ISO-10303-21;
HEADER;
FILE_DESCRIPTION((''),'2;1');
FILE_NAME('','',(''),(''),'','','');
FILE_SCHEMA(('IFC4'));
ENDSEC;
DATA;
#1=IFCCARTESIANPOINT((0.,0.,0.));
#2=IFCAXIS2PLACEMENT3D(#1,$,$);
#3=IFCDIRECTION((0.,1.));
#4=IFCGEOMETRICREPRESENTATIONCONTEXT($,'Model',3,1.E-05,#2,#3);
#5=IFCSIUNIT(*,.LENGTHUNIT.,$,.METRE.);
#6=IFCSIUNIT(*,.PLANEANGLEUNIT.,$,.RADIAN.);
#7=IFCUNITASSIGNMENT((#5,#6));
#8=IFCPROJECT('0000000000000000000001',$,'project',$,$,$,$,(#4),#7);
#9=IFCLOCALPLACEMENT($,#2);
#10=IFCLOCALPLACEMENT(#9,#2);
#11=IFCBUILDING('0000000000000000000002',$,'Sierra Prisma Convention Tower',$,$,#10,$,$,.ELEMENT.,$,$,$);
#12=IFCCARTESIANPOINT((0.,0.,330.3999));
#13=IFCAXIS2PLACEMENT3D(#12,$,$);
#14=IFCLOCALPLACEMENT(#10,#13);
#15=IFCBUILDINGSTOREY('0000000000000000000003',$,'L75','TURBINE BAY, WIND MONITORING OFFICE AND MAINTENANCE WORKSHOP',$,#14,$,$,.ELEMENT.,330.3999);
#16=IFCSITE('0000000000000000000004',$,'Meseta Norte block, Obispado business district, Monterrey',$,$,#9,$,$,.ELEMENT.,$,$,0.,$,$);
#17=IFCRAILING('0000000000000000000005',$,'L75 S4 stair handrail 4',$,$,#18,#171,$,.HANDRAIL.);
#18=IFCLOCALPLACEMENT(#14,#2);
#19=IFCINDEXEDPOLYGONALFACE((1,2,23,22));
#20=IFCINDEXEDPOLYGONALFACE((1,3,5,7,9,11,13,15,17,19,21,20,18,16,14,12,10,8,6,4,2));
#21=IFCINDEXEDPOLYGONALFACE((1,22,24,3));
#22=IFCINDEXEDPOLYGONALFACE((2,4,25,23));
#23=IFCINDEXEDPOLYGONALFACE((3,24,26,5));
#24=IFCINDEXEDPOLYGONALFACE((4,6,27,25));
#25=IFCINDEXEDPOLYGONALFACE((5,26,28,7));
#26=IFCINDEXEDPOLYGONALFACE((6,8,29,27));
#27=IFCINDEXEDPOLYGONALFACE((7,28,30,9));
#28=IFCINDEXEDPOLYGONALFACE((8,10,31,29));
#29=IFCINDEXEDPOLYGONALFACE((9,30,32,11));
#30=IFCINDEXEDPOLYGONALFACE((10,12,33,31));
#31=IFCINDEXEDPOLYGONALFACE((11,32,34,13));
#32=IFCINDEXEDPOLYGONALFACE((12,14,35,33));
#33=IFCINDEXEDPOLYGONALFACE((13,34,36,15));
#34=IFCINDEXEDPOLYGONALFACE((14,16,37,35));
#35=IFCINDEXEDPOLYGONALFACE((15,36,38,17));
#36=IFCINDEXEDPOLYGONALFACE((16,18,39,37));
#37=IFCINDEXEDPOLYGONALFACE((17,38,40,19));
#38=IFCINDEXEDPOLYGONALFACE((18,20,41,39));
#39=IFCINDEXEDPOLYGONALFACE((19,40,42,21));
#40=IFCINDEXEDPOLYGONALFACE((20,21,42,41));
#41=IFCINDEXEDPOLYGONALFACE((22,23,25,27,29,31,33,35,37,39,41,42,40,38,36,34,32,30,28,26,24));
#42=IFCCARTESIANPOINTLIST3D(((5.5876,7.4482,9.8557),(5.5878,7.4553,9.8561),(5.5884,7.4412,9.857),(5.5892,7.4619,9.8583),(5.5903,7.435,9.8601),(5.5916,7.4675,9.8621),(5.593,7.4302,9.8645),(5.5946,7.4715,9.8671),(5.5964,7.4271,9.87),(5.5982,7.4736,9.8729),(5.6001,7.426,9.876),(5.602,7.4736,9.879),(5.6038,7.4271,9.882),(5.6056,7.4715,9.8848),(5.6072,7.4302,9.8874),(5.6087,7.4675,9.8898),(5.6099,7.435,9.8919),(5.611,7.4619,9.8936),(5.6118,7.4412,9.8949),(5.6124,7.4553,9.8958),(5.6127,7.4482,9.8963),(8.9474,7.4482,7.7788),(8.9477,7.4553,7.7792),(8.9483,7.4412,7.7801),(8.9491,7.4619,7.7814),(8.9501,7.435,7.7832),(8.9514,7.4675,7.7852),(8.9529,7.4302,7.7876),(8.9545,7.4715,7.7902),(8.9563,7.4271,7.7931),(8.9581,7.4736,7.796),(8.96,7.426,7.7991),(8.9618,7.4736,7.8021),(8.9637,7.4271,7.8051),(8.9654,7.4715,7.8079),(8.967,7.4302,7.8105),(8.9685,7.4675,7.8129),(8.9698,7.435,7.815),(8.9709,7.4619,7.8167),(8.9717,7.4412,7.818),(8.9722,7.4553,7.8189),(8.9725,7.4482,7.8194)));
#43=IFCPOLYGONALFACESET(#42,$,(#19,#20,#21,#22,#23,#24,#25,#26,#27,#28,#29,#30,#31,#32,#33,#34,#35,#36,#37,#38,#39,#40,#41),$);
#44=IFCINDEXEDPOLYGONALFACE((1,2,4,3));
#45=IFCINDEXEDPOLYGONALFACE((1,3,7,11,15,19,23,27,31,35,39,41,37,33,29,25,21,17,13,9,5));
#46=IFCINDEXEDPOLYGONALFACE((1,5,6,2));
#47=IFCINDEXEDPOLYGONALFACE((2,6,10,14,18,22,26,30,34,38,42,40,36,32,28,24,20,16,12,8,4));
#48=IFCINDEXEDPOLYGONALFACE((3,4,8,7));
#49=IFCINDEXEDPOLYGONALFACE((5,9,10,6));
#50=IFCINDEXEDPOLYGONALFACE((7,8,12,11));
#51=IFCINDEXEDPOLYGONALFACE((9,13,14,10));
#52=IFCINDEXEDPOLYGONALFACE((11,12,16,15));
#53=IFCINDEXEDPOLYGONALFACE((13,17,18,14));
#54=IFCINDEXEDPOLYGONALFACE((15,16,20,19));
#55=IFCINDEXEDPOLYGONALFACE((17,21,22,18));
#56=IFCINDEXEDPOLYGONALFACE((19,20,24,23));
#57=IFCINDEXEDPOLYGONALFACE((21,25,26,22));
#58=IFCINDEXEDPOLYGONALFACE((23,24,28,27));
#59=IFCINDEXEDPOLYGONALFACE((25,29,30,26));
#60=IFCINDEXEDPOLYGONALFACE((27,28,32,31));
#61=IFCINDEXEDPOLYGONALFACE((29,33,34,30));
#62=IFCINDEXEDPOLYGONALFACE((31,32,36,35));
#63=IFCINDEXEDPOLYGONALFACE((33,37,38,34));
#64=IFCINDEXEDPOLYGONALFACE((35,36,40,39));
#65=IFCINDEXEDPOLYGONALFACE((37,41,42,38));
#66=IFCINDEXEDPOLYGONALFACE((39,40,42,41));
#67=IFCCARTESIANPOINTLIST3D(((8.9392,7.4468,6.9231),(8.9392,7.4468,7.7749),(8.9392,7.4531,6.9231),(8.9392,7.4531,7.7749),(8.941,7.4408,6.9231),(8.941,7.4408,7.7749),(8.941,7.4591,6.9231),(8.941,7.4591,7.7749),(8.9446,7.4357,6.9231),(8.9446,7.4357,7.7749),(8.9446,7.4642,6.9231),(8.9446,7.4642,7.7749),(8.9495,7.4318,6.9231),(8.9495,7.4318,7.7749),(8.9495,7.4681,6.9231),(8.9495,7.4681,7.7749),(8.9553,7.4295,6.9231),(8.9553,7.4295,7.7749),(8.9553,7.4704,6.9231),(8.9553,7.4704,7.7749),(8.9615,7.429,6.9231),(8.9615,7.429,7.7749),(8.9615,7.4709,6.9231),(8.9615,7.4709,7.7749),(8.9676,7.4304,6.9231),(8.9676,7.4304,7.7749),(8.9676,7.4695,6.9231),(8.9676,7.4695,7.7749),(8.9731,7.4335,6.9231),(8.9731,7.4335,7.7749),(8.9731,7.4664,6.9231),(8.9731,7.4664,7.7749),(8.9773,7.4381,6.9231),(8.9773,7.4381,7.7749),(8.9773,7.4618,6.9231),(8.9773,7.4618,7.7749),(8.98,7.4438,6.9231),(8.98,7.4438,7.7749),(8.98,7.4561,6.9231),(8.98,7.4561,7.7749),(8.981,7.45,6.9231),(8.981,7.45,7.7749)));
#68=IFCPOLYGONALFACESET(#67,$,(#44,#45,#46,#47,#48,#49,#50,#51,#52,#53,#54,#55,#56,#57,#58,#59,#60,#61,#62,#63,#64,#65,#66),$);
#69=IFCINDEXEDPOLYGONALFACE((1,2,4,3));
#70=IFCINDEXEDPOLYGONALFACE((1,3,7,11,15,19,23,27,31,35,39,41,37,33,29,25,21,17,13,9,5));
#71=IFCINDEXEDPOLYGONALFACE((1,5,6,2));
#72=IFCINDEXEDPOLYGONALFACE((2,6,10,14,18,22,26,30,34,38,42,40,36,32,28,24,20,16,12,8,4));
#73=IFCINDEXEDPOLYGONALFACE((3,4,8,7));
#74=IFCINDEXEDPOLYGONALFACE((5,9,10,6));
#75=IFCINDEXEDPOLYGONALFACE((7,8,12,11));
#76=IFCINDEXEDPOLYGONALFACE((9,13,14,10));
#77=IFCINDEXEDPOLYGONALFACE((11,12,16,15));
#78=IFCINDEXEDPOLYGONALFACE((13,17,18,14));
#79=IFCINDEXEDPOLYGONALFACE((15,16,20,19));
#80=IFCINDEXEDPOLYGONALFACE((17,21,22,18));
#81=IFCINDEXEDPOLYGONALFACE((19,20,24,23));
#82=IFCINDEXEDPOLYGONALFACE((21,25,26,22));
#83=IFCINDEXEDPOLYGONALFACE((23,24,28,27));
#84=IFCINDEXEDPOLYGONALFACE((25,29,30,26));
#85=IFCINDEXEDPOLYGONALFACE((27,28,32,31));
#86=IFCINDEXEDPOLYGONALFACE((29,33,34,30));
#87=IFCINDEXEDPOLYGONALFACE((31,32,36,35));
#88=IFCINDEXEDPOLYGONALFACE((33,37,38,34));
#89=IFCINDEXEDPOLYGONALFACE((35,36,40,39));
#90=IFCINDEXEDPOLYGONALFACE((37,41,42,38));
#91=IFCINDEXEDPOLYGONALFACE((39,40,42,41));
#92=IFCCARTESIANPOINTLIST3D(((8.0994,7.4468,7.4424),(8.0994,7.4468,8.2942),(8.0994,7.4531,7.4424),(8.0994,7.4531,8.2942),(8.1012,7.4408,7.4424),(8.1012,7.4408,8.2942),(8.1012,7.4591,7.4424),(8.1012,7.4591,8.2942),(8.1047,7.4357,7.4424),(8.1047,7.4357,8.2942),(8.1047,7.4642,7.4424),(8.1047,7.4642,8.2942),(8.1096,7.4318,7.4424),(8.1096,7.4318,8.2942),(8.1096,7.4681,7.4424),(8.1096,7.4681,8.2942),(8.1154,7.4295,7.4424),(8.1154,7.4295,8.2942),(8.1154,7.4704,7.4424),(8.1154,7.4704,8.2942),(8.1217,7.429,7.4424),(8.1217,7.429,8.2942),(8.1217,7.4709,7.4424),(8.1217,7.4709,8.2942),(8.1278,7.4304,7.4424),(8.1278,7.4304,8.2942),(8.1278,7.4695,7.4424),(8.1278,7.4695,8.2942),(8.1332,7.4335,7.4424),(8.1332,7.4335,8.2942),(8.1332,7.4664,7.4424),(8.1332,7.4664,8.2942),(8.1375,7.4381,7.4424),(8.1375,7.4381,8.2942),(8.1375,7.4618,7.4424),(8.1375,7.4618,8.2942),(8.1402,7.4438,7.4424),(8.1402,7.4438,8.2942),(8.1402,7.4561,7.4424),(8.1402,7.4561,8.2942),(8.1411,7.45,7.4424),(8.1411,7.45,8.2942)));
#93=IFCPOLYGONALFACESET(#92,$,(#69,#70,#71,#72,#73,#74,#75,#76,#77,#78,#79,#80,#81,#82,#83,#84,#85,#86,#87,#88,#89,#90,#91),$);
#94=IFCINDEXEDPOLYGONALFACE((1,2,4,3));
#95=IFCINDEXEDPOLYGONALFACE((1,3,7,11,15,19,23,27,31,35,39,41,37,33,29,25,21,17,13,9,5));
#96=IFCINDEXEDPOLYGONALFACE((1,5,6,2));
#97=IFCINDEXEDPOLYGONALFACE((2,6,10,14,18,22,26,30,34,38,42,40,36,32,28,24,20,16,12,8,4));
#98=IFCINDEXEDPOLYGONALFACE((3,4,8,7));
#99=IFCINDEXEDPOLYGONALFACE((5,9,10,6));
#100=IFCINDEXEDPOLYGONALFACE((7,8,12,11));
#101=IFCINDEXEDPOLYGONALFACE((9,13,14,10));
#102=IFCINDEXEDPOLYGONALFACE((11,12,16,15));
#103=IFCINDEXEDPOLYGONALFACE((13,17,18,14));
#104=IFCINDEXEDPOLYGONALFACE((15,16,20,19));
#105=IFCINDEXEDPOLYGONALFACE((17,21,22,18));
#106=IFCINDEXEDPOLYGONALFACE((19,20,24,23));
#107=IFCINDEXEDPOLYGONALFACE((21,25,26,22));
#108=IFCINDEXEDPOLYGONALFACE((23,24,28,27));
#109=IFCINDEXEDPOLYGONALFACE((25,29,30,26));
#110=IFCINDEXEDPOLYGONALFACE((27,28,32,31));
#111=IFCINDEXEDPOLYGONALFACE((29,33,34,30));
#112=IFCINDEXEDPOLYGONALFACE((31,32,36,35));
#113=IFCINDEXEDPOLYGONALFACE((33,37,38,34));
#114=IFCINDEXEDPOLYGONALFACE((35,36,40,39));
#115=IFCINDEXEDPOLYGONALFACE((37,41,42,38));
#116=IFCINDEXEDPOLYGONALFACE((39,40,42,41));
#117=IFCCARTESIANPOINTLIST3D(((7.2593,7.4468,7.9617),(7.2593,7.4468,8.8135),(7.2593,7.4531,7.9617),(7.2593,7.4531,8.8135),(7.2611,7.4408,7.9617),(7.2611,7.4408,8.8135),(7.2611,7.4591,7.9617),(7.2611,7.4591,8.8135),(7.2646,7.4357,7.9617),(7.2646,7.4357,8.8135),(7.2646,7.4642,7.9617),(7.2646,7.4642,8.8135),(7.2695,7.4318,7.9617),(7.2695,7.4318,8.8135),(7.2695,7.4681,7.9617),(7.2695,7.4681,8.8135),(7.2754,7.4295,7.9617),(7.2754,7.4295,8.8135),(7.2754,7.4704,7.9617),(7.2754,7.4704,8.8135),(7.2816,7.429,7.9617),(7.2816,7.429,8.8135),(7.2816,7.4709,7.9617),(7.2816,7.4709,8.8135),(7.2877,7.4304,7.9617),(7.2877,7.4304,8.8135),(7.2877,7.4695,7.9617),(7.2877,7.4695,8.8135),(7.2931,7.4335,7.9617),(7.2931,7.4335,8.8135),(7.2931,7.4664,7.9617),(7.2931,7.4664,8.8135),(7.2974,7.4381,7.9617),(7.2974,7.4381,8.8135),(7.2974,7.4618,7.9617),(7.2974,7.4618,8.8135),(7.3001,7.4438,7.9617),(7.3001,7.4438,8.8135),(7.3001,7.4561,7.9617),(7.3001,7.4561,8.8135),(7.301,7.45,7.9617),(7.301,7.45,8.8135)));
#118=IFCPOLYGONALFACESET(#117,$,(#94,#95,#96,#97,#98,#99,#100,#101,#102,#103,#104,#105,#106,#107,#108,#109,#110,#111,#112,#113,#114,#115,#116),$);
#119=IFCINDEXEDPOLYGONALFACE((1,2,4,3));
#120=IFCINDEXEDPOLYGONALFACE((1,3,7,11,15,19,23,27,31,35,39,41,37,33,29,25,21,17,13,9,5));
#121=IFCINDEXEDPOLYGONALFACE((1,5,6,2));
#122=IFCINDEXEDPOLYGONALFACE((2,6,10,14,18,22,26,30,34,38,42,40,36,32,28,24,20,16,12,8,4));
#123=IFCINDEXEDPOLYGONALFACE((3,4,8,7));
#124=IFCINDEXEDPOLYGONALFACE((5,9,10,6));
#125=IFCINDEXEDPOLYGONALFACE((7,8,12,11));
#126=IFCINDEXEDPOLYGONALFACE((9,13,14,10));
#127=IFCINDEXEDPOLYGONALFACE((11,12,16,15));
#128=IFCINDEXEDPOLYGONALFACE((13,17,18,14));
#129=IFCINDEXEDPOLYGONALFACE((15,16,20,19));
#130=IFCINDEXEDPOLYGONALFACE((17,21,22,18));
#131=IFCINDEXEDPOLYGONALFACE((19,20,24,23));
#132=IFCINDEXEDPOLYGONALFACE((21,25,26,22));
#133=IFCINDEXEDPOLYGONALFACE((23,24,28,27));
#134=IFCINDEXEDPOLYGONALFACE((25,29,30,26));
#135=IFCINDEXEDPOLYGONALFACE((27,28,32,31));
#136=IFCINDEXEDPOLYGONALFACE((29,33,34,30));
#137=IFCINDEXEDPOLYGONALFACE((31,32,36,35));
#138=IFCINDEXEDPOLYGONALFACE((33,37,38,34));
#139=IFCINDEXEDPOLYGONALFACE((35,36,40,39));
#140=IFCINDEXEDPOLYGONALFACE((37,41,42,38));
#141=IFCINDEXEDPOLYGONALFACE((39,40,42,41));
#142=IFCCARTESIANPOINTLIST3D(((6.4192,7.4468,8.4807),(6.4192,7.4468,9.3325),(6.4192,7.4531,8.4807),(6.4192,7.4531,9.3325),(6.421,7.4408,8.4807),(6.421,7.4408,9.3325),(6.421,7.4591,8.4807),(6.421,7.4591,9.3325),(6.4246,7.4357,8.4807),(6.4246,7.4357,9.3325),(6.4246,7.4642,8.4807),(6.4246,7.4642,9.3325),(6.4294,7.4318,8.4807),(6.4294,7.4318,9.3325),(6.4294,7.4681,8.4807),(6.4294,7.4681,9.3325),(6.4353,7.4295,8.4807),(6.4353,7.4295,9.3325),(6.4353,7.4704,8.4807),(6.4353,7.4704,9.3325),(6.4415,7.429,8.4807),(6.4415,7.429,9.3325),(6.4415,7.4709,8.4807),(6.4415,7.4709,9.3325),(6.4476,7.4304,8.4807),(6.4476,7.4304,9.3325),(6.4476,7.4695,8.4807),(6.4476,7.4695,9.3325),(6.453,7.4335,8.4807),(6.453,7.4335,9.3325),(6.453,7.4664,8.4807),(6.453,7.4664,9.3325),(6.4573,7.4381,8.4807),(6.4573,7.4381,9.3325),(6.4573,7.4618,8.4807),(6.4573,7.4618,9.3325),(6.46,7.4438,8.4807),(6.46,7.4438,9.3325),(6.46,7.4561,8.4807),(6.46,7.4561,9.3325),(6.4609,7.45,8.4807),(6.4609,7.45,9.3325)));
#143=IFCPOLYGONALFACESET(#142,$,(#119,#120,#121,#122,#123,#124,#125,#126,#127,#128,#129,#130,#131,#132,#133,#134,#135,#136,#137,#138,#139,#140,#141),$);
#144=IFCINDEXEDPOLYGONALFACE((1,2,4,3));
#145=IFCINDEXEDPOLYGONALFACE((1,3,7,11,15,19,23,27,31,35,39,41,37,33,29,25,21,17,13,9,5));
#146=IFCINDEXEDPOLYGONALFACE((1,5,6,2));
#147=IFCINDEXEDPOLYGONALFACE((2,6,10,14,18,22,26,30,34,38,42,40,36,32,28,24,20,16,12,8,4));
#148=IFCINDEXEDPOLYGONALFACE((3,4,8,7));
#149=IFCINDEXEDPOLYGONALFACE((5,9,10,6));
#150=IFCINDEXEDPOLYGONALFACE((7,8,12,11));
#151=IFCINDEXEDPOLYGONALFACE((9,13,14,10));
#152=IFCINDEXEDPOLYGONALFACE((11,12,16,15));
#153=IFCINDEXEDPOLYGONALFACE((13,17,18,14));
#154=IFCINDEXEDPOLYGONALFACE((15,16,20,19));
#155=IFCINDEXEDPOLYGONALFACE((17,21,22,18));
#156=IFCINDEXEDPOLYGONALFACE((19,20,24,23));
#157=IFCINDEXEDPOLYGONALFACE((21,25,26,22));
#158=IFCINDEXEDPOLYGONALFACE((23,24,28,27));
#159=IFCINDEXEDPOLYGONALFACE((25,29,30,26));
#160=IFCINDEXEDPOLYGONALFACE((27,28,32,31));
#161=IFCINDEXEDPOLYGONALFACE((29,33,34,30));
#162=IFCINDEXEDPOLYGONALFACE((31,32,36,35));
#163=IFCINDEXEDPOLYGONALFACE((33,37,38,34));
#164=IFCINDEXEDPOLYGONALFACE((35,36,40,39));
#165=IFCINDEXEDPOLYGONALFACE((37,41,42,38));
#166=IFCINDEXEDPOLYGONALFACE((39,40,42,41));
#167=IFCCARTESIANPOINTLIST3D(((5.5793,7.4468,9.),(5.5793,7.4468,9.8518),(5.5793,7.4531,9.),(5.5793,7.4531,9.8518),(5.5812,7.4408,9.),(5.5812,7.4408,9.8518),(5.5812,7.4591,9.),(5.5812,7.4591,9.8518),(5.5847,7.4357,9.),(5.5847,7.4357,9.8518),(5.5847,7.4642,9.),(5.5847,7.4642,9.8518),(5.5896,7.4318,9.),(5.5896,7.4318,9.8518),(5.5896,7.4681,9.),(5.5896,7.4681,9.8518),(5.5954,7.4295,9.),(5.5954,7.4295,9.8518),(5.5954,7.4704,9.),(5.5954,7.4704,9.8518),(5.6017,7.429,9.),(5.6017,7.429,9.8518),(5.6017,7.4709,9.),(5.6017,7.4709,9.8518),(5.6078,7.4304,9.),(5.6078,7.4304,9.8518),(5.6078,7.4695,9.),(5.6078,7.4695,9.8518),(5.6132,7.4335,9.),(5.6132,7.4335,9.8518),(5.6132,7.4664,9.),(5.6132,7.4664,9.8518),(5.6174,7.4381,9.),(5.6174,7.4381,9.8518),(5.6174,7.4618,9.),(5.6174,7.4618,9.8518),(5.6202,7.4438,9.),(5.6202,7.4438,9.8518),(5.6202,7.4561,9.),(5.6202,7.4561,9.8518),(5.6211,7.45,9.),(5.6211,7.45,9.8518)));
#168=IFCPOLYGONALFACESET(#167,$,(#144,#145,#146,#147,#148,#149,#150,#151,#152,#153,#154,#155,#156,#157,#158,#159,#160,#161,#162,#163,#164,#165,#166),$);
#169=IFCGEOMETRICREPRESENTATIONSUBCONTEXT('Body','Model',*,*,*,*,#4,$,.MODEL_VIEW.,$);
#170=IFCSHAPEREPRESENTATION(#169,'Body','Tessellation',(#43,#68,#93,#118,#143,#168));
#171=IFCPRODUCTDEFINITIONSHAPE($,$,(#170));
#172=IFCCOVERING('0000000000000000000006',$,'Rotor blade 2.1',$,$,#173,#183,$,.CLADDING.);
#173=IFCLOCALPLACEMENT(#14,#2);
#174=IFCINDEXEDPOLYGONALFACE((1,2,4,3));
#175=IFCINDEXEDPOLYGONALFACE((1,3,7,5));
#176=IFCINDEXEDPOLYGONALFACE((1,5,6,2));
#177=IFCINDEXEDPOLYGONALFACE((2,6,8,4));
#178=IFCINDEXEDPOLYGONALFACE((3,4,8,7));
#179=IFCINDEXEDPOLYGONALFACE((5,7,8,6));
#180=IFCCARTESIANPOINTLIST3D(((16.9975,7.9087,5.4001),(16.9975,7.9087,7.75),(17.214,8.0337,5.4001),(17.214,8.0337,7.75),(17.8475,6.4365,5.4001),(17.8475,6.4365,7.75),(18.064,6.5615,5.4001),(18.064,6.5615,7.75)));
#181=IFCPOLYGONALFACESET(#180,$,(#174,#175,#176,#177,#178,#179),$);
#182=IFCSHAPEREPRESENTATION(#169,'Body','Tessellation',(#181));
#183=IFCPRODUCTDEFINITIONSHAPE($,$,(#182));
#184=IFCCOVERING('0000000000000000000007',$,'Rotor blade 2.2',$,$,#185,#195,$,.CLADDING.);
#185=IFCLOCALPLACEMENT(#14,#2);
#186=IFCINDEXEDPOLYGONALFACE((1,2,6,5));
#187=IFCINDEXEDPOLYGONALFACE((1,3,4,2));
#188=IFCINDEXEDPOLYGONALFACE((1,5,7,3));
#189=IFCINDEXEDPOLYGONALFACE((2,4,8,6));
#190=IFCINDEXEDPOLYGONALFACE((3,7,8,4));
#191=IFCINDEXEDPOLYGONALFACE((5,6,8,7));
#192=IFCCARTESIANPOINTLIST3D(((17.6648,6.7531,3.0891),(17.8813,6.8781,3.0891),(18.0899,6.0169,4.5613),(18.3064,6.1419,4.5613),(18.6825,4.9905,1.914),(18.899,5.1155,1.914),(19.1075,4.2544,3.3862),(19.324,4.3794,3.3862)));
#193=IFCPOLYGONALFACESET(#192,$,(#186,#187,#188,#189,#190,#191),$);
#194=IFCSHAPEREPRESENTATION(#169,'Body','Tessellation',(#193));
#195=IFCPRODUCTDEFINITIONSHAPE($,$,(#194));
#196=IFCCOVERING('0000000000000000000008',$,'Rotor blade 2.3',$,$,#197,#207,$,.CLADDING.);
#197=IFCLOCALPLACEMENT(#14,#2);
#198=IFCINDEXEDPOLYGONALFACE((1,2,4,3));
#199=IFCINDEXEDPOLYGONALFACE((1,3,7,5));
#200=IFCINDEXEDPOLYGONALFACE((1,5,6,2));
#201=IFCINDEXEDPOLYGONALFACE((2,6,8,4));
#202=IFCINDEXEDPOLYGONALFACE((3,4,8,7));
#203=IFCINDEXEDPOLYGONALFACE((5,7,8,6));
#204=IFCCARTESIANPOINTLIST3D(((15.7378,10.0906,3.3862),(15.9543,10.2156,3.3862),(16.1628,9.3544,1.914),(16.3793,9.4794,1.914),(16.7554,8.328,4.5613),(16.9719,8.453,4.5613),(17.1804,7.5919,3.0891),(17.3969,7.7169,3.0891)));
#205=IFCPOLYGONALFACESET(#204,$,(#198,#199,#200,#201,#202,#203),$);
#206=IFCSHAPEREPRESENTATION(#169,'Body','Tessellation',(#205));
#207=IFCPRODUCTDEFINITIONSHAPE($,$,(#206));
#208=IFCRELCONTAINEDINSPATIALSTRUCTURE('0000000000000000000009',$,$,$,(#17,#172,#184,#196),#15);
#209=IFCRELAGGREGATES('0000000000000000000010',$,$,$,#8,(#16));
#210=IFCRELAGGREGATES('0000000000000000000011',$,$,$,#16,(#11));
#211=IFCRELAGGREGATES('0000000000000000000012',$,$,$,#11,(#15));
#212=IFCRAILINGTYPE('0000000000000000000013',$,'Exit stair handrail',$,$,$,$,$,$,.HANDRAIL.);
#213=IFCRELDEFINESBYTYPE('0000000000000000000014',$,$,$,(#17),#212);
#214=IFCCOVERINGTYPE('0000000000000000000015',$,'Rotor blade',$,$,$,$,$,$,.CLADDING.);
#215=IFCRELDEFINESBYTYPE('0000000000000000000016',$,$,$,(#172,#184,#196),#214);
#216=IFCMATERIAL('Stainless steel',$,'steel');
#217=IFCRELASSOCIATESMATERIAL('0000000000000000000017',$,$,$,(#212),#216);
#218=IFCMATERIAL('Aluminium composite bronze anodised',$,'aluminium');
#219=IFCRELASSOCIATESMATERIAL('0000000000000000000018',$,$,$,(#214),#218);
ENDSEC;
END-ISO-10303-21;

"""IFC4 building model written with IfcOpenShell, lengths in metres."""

from ifc_helpers import new_model, si_unit, direction, frame, origin, origin_2d, place, context, subcontext, project, spatial, rectangle, circle, extrude, material, material_profile, profile_set, type_object, element, save


model = new_model("IFC4")

# Units and contexts
model_context = context("Model", 3, precision=1e-05, world=origin(), true_north=direction((0.0, 1.0)))
body_context = subcontext(model_context, "Body", "Model", "MODEL_VIEW")
ifc_project = project(units=[si_unit("LENGTHUNIT", "METRE"), si_unit("PLANEANGLEUNIT", "RADIAN")], contexts=[model_context])

# Site, building, storey
site_placement = place(None, origin())
site = spatial("IfcSite", under=ifc_project, at=site_placement, Name="Meseta Norte block, Obispado business district, Monterrey", CompositionType="ELEMENT", RefElevation=0.0)
building_placement = place(site_placement, origin())
building = spatial("IfcBuilding", under=site, at=building_placement, Name="Sierra Prisma Convention Tower", CompositionType="ELEMENT")
storey_placement = place(building_placement, frame((0.0, 0.0, 330.3999)))
storey = spatial("IfcBuildingStorey", under=building, at=storey_placement, Name="L75", Description="TURBINE BAY, WIND MONITORING OFFICE AND MAINTENANCE WORKSHOP", CompositionType="ELEMENT", Elevation=330.3999)

# Railing
ifc_material_1 = material(Name="Stainless steel", Category="steel")
railing_type_1 = type_object("IfcRailingType", Name="Exit stair handrail", PredefinedType="HANDRAIL", material=ifc_material_1)
for number, where, name in (
    (1, (8.96, 7.45, 6.9231), "L75 S4 stair handrail 4"),
):
    element("IfcRailing", number, at=place(storey_placement, frame(where)), inside=storey, type_object=railing_type_1, Name=name, PredefinedType="HANDRAIL", context=body_context, shape_type="SweptSolid", body=[
        extrude(circle(Radius=0.0239, at=origin_2d()), frame((0.0, 0.0, 0.876), z_axis=(-0.850606, 0.0, 0.525803), x_axis=(0.0, -1.0, 0.0)), (0.0, 0.0, 1.0), 3.95),
        extrude(circle(Radius=0.021, at=origin_2d()), origin(), (0.0, 0.0, 1.0), 0.8518),
        extrude(circle(Radius=0.021, at=origin_2d()), frame((-0.8398, 0.0, 0.5193)), (0.0, 0.0, 1.0), 0.8518),
        extrude(circle(Radius=0.021, at=origin_2d()), frame((-1.6799, 0.0, 1.0386)), (0.0, 0.0, 1.0), 0.8518),
        extrude(circle(Radius=0.021, at=origin_2d()), frame((-2.52, 0.0, 1.5576)), (0.0, 0.0, 1.0), 0.8518),
        extrude(circle(Radius=0.021, at=origin_2d()), frame((-3.3599, 0.0, 2.0769)), (0.0, 0.0, 1.0), 0.8518),
    ])

# Coverings
ifc_material_2 = material(Name="Aluminium composite bronze anodised", Category="aluminium")
ifc_material_profile_1 = material_profile(ifc_material_2, rectangle(XDim=0.25, YDim=1.7, at=origin_2d()), Name="ROTOR BLADE 250x1700")
ifc_profile_set_1 = profile_set([ifc_material_profile_1], Name="Aluminium composite bronze anodised")
covering_type_1 = type_object("IfcCoveringType", Name="Rotor blade", PredefinedType="CLADDING", material=ifc_profile_set_1)
covering_1_placement = place(storey_placement, frame((17.5308, 7.2351, 5.4001), z_axis=(0.0, 0.0, 1.0), x_axis=(0.866025, 0.5, 0.0)))
element("IfcCovering", 2, at=covering_1_placement, inside=storey, type_object=covering_type_1, Name="Rotor blade 2.1", PredefinedType="CLADDING", context=body_context, shape_type="SweptSolid", body=[
    extrude(rectangle(XDim=0.25, YDim=1.7, at=origin_2d()), origin(), (0.0, 0.0, 1.0), 2.3499),
])
for number, where, z_axis, x_axis, name in (
    (3, (17.9856, 6.4475, 3.8252), (0.433014, -0.749983, -0.500024), (0.86602, 0.50001, 0.0), "Rotor blade 2.2"),
    (4, (17.0762, 8.0225, 3.8252), (-0.433014, 0.749983, -0.500024), (-0.86602, -0.50001, 0.0), "Rotor blade 2.3"),
):
    element("IfcCovering", number, at=place(storey_placement, frame(where, z_axis=z_axis, x_axis=x_axis)), inside=storey, type_object=covering_type_1, Name=name, PredefinedType="CLADDING", context=body_context, shape_type="SweptSolid", body=[
        extrude(rectangle(XDim=0.25, YDim=1.7, at=origin_2d()), origin(), (0.0, 0.0, 1.0), 2.3501),
    ])

save(model, "model.ifc")
